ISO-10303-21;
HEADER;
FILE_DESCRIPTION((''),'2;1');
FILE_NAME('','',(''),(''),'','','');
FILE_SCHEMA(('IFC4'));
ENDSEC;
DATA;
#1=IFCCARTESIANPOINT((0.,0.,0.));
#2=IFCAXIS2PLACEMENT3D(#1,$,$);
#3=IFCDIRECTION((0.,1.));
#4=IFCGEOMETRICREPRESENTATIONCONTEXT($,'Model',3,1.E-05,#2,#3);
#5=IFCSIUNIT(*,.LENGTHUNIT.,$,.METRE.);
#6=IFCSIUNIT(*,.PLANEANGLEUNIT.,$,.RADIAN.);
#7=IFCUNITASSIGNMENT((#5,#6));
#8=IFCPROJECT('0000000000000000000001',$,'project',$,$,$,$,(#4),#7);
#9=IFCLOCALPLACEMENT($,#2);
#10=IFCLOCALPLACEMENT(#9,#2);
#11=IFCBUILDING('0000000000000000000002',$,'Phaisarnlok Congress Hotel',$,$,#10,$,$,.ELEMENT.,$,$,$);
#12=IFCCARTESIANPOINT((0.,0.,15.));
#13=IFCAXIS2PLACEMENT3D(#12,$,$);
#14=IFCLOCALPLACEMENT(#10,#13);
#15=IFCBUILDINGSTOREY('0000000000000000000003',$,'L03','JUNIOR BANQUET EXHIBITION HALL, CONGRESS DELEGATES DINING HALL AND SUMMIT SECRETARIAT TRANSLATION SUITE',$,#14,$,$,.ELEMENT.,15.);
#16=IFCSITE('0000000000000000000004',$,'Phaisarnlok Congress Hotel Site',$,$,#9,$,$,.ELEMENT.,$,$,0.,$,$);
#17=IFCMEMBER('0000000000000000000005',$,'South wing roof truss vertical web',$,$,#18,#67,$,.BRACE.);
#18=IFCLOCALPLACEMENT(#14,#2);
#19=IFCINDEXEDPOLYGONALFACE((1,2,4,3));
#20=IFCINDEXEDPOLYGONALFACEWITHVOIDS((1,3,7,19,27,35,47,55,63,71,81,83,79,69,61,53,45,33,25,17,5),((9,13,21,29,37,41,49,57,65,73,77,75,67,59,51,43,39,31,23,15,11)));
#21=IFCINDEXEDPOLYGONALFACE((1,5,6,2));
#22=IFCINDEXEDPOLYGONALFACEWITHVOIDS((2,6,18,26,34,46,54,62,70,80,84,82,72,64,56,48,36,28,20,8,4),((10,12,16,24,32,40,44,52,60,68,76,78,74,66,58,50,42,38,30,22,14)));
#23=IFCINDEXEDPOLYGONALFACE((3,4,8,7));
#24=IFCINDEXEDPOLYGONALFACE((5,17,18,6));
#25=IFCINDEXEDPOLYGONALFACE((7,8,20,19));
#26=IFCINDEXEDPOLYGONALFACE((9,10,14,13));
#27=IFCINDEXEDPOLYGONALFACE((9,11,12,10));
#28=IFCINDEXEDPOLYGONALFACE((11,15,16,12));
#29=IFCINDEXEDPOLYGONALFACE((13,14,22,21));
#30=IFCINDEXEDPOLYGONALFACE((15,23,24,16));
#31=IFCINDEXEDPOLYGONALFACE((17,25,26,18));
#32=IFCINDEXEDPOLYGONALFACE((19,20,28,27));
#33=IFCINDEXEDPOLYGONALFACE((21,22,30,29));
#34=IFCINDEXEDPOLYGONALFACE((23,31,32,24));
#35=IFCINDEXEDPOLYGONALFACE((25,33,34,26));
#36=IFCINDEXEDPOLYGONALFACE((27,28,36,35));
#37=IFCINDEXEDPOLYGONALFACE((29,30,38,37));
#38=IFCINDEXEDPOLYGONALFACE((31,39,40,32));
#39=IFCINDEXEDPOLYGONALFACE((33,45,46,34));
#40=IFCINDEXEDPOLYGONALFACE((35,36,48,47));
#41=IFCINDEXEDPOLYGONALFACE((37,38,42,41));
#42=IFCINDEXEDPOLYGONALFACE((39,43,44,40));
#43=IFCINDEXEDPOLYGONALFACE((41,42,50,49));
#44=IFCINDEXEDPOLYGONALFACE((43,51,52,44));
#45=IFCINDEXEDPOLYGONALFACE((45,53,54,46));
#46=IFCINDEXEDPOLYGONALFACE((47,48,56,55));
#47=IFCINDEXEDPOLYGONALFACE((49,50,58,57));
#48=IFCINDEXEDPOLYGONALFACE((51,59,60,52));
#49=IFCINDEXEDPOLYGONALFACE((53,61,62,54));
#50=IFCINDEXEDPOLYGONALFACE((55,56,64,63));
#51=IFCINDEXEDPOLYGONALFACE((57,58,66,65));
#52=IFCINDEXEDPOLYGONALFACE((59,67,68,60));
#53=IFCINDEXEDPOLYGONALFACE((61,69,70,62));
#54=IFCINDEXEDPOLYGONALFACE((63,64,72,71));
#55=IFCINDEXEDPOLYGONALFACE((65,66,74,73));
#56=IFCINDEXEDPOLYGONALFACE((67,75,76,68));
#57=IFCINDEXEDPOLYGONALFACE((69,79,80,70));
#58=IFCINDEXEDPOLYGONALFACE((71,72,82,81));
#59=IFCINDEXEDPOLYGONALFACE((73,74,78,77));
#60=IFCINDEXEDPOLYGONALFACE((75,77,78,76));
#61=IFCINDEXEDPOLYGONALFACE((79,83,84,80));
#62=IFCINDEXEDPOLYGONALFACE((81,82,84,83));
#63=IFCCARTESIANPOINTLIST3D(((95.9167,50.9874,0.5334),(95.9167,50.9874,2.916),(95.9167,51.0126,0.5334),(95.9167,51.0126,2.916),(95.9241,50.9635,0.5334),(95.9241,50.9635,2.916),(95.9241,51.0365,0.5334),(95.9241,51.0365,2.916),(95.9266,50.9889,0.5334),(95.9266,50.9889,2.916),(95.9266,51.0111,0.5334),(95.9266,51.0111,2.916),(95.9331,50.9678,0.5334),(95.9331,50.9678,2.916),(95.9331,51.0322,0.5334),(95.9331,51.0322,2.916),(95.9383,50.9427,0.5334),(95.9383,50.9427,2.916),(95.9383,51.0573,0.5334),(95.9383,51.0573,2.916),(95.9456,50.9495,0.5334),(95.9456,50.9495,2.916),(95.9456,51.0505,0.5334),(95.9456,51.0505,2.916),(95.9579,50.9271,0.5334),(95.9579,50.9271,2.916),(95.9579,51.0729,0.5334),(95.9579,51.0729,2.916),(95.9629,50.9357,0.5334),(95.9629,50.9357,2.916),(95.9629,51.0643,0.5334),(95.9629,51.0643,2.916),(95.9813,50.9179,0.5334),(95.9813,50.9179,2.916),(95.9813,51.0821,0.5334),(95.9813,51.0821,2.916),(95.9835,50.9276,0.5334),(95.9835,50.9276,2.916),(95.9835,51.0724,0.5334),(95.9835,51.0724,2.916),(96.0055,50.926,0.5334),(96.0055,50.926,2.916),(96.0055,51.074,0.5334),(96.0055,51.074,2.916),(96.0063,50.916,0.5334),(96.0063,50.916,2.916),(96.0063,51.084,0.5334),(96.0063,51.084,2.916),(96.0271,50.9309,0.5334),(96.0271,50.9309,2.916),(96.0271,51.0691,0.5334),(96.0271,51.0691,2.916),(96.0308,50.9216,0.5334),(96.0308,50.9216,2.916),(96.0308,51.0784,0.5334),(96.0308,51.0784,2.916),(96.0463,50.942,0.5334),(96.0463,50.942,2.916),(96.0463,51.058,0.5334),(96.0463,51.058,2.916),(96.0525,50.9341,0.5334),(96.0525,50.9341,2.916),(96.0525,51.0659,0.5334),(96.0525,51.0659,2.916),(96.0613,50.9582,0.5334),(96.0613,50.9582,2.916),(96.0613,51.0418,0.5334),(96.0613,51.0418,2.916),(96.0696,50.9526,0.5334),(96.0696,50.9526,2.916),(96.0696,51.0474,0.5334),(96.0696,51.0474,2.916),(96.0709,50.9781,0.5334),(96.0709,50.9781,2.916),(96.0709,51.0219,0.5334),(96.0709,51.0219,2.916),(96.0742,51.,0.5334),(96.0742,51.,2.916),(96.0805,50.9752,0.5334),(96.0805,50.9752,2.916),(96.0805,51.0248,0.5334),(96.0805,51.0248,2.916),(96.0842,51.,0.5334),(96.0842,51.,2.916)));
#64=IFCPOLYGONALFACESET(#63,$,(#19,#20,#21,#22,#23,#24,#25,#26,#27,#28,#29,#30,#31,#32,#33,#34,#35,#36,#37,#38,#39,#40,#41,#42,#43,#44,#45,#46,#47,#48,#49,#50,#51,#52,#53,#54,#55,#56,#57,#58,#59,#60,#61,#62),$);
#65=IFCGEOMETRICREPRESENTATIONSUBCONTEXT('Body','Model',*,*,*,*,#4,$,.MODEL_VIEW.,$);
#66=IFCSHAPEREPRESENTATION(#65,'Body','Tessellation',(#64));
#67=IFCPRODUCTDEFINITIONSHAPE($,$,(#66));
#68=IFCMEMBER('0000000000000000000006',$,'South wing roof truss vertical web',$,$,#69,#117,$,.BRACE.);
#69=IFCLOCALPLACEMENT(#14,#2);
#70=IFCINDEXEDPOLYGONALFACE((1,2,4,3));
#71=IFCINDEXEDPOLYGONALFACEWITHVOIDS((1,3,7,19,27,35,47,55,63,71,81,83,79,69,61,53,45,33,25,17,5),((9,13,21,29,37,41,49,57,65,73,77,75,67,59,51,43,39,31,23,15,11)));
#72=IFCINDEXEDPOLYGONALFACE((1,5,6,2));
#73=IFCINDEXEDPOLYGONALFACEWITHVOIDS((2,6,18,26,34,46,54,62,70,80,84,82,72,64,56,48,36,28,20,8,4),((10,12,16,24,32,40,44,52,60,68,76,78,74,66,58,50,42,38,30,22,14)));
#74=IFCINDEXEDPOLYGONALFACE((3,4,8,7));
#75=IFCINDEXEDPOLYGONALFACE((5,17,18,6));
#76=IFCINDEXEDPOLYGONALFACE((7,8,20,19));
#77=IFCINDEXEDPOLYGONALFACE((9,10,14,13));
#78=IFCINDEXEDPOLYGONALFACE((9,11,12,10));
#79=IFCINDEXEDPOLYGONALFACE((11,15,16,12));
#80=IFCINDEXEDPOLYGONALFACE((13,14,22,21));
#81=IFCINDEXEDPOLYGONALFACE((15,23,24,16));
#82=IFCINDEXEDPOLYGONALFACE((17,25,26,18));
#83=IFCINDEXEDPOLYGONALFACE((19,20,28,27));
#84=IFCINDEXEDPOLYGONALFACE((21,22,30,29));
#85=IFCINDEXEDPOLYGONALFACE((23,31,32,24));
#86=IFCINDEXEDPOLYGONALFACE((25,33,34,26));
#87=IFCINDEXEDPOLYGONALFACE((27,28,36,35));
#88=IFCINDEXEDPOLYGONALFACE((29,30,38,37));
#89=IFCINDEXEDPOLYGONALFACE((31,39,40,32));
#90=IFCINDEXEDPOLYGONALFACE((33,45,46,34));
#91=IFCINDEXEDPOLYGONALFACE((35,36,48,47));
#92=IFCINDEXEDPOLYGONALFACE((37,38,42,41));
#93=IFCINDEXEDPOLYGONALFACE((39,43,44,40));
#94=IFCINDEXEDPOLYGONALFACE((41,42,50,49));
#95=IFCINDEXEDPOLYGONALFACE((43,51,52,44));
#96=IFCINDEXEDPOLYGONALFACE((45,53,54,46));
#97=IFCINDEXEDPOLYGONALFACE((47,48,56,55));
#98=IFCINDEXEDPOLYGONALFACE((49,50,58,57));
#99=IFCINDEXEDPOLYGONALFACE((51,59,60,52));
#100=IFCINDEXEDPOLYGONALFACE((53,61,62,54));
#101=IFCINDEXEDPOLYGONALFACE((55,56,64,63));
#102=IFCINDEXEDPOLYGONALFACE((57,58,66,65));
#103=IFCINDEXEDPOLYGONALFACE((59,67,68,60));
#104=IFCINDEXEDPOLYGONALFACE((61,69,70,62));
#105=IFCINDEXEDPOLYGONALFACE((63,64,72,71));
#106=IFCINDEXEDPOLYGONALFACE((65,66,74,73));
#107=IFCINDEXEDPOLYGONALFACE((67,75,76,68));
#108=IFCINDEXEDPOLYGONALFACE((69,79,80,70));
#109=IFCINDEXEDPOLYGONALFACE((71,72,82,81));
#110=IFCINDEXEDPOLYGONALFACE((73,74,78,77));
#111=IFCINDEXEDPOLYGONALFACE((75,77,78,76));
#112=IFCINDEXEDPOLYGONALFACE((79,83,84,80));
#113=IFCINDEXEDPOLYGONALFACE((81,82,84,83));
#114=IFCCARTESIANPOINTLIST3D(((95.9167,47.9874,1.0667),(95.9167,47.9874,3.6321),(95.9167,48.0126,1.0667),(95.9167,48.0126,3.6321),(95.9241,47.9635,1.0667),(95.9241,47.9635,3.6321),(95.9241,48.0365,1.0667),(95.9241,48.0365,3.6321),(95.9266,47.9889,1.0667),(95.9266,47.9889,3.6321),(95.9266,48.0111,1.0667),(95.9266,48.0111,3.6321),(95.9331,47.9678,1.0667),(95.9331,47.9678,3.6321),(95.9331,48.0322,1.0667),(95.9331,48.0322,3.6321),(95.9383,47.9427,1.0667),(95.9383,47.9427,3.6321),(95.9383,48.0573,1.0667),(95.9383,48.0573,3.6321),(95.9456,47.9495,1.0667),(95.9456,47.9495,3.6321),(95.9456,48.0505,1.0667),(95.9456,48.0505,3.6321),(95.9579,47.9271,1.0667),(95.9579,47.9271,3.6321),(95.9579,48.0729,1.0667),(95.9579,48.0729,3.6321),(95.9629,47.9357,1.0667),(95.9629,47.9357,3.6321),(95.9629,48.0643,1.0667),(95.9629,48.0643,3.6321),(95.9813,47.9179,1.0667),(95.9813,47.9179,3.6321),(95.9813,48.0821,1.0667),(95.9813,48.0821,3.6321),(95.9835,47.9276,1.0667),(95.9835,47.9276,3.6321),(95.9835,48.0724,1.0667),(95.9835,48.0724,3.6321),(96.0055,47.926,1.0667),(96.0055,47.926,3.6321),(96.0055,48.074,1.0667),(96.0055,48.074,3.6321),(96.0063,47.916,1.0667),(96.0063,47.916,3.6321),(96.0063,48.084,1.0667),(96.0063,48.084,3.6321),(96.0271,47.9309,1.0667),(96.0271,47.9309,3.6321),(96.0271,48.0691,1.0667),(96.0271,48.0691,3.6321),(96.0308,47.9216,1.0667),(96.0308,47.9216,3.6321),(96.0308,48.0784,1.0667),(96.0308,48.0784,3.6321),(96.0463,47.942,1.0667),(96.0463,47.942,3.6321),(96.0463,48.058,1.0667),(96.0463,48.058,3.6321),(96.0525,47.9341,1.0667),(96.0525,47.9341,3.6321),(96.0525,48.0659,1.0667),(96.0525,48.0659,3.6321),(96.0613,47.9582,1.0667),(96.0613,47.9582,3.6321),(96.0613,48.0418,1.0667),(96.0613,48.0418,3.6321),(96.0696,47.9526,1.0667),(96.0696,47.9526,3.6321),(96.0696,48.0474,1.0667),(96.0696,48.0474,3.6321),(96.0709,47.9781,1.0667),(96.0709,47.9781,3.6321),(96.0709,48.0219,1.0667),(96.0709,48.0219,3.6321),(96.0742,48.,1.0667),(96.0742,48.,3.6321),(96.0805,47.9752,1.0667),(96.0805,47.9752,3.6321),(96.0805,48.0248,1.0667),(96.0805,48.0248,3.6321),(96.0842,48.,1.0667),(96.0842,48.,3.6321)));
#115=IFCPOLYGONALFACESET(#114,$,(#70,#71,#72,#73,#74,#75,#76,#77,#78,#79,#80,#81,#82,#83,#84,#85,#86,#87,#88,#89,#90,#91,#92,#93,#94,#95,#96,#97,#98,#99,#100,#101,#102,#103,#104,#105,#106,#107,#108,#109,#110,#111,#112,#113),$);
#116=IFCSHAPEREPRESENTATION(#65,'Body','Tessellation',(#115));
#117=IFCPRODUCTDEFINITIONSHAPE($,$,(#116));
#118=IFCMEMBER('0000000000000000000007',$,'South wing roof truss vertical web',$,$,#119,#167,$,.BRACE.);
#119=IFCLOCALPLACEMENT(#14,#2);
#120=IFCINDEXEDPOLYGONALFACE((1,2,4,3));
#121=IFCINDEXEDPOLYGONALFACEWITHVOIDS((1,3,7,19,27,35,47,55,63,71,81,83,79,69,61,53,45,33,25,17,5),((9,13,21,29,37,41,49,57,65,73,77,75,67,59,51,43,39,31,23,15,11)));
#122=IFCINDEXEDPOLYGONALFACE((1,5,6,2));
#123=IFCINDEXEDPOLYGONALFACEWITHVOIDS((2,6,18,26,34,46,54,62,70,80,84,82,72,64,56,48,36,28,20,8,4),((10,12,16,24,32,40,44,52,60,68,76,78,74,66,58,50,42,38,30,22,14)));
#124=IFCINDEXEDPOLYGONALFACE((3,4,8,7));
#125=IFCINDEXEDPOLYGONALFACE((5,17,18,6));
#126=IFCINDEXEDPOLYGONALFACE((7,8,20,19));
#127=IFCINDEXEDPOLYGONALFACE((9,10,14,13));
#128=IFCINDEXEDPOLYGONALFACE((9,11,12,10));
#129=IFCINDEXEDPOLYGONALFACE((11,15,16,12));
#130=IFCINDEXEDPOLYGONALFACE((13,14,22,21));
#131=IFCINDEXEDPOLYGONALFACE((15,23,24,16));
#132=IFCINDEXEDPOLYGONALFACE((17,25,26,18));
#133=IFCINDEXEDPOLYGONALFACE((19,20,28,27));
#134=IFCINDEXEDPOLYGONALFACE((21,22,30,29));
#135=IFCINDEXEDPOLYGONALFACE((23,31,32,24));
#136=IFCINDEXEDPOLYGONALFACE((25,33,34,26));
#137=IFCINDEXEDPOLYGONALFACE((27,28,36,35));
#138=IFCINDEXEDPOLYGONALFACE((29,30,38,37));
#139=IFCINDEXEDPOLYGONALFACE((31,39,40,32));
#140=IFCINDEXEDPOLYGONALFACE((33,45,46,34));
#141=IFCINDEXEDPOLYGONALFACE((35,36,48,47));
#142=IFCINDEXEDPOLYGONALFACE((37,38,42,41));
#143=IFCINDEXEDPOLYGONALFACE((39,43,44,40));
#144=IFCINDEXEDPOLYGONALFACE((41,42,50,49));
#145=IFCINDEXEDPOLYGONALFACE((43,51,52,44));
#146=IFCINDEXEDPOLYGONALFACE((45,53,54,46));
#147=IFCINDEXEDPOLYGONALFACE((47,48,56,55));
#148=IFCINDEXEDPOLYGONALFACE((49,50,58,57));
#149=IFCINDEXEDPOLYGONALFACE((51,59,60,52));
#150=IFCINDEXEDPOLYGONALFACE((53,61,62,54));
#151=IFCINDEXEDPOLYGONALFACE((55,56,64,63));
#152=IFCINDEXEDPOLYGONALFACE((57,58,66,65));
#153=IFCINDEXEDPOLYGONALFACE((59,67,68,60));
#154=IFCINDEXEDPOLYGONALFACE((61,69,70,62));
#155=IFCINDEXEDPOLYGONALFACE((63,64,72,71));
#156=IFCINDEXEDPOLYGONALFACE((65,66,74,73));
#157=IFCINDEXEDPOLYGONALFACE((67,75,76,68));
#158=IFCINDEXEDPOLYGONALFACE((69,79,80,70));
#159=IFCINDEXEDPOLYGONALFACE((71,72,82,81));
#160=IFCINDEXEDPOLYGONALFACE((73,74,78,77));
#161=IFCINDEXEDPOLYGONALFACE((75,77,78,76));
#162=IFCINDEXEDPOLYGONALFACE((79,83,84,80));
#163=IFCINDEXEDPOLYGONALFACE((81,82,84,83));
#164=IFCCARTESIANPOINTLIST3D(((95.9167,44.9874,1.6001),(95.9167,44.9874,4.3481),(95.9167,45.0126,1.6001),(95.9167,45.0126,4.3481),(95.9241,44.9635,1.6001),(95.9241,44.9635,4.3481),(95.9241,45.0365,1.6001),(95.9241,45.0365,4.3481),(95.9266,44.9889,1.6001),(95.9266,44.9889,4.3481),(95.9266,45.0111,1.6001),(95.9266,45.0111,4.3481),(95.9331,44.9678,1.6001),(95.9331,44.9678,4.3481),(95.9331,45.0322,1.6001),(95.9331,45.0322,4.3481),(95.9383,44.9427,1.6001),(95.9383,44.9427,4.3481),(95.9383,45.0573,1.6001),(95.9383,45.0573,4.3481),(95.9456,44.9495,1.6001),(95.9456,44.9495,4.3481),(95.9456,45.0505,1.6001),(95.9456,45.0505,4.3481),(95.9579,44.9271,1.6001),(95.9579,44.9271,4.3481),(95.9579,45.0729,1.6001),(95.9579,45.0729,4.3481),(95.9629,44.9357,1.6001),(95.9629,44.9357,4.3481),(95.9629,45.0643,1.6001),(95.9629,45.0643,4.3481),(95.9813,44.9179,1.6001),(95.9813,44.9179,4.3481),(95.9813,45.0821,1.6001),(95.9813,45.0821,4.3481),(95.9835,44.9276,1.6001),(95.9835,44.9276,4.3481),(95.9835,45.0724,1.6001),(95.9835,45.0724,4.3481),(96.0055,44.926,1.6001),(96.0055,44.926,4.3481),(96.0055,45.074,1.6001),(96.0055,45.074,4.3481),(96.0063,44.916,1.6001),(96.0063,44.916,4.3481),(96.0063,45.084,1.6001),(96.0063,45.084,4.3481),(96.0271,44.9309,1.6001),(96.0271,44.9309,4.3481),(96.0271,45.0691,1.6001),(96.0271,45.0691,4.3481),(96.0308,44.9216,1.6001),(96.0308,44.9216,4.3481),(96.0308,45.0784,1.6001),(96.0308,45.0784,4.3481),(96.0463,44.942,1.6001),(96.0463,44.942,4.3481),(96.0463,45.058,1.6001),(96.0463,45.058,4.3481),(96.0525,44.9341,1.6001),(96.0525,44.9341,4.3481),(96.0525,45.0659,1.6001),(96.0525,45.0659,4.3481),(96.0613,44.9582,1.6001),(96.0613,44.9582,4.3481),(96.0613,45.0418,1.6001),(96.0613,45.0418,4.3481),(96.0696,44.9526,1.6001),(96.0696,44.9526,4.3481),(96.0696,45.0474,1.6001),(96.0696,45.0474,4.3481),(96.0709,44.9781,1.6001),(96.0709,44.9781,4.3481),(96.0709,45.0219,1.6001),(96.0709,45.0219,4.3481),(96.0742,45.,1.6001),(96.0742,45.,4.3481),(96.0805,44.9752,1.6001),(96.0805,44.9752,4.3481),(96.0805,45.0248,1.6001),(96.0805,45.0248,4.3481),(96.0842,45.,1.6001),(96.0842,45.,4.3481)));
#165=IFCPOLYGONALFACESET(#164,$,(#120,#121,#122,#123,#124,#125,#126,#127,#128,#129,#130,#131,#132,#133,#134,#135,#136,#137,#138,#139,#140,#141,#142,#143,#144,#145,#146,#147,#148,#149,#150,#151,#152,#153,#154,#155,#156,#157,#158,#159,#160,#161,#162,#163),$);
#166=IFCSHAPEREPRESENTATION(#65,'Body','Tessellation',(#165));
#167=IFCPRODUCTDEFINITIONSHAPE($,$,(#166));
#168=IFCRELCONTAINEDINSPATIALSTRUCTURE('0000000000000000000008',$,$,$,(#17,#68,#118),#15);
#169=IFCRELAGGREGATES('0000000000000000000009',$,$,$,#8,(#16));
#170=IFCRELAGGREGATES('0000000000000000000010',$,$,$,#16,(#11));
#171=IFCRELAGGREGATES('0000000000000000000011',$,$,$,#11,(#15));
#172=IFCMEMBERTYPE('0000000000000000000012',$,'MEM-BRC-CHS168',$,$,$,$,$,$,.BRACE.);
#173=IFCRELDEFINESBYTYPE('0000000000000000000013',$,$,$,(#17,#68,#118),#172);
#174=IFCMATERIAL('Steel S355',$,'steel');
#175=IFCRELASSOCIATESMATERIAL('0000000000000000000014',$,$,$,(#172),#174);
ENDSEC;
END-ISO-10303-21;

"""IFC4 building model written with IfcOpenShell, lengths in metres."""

from ifc_helpers import new_model, si_unit, direction, frame, origin, origin_2d, place, context, subcontext, project, spatial, hollow_circle, extrude, material, material_profile, profile_set, type_object, element, save


model = new_model("IFC4")

# Units and contexts
model_context = context("Model", 3, precision=1e-05, world=origin(), true_north=direction((0.0, 1.0)))
body_context = subcontext(model_context, "Body", "Model", "MODEL_VIEW")
ifc_project = project(units=[si_unit("LENGTHUNIT", "METRE"), si_unit("PLANEANGLEUNIT", "RADIAN")], contexts=[model_context])

# Site, building, storey
site_placement = place(None, origin())
site = spatial("IfcSite", under=ifc_project, at=site_placement, Name="Phaisarnlok Congress Hotel Site", CompositionType="ELEMENT", RefElevation=0.0)
building_placement = place(site_placement, origin())
building = spatial("IfcBuilding", under=site, at=building_placement, Name="Phaisarnlok Congress Hotel", CompositionType="ELEMENT")
storey_placement = place(building_placement, frame((0.0, 0.0, 15.0)))
storey = spatial("IfcBuildingStorey", under=building, at=storey_placement, Name="L03", Description="JUNIOR BANQUET EXHIBITION HALL, CONGRESS DELEGATES DINING HALL AND SUMMIT SECRETARIAT TRANSLATION SUITE", CompositionType="ELEMENT", Elevation=15.0)

# Shared definitions
ifc_material_1 = material(Name="Steel S355", Category="steel")

# Members
ifc_material_profile_1 = material_profile(ifc_material_1, hollow_circle(Radius=0.0842, WallThickness=0.01, at=origin_2d()), Name="CHS 168.3x10")
ifc_profile_set_1 = profile_set([ifc_material_profile_1], Name="Steel S355")
member_type_1 = type_object("IfcMemberType", Name="MEM-BRC-CHS168", PredefinedType="BRACE", material=ifc_profile_set_1)
member_1_placement = place(storey_placement, frame((96.0, 51.0, 0.5334), z_axis=(0.0, 0.0, 1.0), x_axis=(1.0, 0.0, 0.0)))
element("IfcMember", 1, at=member_1_placement, inside=storey, type_object=member_type_1, Name="South wing roof truss vertical web", PredefinedType="BRACE", context=body_context, shape_type="SweptSolid", body=[
    extrude(hollow_circle(Radius=0.0842, WallThickness=0.01, at=origin_2d()), origin(), (0.0, 0.0, 1.0), 2.3826),
])
member_2_placement = place(storey_placement, frame((96.0, 48.0, 1.0667), z_axis=(0.0, 0.0, 1.0), x_axis=(1.0, 0.0, 0.0)))
element("IfcMember", 2, at=member_2_placement, inside=storey, type_object=member_type_1, Name="South wing roof truss vertical web", PredefinedType="BRACE", context=body_context, shape_type="SweptSolid", body=[
    extrude(hollow_circle(Radius=0.0842, WallThickness=0.01, at=origin_2d()), origin(), (0.0, 0.0, 1.0), 2.5654),
])
member_3_placement = place(storey_placement, frame((96.0, 45.0, 1.6001), z_axis=(0.0, 0.0, 1.0), x_axis=(1.0, 0.0, 0.0)))
element("IfcMember", 3, at=member_3_placement, inside=storey, type_object=member_type_1, Name="South wing roof truss vertical web", PredefinedType="BRACE", context=body_context, shape_type="SweptSolid", body=[
    extrude(hollow_circle(Radius=0.0842, WallThickness=0.01, at=origin_2d()), origin(), (0.0, 0.0, 1.0), 2.748),
])

save(model, "model.ifc")
